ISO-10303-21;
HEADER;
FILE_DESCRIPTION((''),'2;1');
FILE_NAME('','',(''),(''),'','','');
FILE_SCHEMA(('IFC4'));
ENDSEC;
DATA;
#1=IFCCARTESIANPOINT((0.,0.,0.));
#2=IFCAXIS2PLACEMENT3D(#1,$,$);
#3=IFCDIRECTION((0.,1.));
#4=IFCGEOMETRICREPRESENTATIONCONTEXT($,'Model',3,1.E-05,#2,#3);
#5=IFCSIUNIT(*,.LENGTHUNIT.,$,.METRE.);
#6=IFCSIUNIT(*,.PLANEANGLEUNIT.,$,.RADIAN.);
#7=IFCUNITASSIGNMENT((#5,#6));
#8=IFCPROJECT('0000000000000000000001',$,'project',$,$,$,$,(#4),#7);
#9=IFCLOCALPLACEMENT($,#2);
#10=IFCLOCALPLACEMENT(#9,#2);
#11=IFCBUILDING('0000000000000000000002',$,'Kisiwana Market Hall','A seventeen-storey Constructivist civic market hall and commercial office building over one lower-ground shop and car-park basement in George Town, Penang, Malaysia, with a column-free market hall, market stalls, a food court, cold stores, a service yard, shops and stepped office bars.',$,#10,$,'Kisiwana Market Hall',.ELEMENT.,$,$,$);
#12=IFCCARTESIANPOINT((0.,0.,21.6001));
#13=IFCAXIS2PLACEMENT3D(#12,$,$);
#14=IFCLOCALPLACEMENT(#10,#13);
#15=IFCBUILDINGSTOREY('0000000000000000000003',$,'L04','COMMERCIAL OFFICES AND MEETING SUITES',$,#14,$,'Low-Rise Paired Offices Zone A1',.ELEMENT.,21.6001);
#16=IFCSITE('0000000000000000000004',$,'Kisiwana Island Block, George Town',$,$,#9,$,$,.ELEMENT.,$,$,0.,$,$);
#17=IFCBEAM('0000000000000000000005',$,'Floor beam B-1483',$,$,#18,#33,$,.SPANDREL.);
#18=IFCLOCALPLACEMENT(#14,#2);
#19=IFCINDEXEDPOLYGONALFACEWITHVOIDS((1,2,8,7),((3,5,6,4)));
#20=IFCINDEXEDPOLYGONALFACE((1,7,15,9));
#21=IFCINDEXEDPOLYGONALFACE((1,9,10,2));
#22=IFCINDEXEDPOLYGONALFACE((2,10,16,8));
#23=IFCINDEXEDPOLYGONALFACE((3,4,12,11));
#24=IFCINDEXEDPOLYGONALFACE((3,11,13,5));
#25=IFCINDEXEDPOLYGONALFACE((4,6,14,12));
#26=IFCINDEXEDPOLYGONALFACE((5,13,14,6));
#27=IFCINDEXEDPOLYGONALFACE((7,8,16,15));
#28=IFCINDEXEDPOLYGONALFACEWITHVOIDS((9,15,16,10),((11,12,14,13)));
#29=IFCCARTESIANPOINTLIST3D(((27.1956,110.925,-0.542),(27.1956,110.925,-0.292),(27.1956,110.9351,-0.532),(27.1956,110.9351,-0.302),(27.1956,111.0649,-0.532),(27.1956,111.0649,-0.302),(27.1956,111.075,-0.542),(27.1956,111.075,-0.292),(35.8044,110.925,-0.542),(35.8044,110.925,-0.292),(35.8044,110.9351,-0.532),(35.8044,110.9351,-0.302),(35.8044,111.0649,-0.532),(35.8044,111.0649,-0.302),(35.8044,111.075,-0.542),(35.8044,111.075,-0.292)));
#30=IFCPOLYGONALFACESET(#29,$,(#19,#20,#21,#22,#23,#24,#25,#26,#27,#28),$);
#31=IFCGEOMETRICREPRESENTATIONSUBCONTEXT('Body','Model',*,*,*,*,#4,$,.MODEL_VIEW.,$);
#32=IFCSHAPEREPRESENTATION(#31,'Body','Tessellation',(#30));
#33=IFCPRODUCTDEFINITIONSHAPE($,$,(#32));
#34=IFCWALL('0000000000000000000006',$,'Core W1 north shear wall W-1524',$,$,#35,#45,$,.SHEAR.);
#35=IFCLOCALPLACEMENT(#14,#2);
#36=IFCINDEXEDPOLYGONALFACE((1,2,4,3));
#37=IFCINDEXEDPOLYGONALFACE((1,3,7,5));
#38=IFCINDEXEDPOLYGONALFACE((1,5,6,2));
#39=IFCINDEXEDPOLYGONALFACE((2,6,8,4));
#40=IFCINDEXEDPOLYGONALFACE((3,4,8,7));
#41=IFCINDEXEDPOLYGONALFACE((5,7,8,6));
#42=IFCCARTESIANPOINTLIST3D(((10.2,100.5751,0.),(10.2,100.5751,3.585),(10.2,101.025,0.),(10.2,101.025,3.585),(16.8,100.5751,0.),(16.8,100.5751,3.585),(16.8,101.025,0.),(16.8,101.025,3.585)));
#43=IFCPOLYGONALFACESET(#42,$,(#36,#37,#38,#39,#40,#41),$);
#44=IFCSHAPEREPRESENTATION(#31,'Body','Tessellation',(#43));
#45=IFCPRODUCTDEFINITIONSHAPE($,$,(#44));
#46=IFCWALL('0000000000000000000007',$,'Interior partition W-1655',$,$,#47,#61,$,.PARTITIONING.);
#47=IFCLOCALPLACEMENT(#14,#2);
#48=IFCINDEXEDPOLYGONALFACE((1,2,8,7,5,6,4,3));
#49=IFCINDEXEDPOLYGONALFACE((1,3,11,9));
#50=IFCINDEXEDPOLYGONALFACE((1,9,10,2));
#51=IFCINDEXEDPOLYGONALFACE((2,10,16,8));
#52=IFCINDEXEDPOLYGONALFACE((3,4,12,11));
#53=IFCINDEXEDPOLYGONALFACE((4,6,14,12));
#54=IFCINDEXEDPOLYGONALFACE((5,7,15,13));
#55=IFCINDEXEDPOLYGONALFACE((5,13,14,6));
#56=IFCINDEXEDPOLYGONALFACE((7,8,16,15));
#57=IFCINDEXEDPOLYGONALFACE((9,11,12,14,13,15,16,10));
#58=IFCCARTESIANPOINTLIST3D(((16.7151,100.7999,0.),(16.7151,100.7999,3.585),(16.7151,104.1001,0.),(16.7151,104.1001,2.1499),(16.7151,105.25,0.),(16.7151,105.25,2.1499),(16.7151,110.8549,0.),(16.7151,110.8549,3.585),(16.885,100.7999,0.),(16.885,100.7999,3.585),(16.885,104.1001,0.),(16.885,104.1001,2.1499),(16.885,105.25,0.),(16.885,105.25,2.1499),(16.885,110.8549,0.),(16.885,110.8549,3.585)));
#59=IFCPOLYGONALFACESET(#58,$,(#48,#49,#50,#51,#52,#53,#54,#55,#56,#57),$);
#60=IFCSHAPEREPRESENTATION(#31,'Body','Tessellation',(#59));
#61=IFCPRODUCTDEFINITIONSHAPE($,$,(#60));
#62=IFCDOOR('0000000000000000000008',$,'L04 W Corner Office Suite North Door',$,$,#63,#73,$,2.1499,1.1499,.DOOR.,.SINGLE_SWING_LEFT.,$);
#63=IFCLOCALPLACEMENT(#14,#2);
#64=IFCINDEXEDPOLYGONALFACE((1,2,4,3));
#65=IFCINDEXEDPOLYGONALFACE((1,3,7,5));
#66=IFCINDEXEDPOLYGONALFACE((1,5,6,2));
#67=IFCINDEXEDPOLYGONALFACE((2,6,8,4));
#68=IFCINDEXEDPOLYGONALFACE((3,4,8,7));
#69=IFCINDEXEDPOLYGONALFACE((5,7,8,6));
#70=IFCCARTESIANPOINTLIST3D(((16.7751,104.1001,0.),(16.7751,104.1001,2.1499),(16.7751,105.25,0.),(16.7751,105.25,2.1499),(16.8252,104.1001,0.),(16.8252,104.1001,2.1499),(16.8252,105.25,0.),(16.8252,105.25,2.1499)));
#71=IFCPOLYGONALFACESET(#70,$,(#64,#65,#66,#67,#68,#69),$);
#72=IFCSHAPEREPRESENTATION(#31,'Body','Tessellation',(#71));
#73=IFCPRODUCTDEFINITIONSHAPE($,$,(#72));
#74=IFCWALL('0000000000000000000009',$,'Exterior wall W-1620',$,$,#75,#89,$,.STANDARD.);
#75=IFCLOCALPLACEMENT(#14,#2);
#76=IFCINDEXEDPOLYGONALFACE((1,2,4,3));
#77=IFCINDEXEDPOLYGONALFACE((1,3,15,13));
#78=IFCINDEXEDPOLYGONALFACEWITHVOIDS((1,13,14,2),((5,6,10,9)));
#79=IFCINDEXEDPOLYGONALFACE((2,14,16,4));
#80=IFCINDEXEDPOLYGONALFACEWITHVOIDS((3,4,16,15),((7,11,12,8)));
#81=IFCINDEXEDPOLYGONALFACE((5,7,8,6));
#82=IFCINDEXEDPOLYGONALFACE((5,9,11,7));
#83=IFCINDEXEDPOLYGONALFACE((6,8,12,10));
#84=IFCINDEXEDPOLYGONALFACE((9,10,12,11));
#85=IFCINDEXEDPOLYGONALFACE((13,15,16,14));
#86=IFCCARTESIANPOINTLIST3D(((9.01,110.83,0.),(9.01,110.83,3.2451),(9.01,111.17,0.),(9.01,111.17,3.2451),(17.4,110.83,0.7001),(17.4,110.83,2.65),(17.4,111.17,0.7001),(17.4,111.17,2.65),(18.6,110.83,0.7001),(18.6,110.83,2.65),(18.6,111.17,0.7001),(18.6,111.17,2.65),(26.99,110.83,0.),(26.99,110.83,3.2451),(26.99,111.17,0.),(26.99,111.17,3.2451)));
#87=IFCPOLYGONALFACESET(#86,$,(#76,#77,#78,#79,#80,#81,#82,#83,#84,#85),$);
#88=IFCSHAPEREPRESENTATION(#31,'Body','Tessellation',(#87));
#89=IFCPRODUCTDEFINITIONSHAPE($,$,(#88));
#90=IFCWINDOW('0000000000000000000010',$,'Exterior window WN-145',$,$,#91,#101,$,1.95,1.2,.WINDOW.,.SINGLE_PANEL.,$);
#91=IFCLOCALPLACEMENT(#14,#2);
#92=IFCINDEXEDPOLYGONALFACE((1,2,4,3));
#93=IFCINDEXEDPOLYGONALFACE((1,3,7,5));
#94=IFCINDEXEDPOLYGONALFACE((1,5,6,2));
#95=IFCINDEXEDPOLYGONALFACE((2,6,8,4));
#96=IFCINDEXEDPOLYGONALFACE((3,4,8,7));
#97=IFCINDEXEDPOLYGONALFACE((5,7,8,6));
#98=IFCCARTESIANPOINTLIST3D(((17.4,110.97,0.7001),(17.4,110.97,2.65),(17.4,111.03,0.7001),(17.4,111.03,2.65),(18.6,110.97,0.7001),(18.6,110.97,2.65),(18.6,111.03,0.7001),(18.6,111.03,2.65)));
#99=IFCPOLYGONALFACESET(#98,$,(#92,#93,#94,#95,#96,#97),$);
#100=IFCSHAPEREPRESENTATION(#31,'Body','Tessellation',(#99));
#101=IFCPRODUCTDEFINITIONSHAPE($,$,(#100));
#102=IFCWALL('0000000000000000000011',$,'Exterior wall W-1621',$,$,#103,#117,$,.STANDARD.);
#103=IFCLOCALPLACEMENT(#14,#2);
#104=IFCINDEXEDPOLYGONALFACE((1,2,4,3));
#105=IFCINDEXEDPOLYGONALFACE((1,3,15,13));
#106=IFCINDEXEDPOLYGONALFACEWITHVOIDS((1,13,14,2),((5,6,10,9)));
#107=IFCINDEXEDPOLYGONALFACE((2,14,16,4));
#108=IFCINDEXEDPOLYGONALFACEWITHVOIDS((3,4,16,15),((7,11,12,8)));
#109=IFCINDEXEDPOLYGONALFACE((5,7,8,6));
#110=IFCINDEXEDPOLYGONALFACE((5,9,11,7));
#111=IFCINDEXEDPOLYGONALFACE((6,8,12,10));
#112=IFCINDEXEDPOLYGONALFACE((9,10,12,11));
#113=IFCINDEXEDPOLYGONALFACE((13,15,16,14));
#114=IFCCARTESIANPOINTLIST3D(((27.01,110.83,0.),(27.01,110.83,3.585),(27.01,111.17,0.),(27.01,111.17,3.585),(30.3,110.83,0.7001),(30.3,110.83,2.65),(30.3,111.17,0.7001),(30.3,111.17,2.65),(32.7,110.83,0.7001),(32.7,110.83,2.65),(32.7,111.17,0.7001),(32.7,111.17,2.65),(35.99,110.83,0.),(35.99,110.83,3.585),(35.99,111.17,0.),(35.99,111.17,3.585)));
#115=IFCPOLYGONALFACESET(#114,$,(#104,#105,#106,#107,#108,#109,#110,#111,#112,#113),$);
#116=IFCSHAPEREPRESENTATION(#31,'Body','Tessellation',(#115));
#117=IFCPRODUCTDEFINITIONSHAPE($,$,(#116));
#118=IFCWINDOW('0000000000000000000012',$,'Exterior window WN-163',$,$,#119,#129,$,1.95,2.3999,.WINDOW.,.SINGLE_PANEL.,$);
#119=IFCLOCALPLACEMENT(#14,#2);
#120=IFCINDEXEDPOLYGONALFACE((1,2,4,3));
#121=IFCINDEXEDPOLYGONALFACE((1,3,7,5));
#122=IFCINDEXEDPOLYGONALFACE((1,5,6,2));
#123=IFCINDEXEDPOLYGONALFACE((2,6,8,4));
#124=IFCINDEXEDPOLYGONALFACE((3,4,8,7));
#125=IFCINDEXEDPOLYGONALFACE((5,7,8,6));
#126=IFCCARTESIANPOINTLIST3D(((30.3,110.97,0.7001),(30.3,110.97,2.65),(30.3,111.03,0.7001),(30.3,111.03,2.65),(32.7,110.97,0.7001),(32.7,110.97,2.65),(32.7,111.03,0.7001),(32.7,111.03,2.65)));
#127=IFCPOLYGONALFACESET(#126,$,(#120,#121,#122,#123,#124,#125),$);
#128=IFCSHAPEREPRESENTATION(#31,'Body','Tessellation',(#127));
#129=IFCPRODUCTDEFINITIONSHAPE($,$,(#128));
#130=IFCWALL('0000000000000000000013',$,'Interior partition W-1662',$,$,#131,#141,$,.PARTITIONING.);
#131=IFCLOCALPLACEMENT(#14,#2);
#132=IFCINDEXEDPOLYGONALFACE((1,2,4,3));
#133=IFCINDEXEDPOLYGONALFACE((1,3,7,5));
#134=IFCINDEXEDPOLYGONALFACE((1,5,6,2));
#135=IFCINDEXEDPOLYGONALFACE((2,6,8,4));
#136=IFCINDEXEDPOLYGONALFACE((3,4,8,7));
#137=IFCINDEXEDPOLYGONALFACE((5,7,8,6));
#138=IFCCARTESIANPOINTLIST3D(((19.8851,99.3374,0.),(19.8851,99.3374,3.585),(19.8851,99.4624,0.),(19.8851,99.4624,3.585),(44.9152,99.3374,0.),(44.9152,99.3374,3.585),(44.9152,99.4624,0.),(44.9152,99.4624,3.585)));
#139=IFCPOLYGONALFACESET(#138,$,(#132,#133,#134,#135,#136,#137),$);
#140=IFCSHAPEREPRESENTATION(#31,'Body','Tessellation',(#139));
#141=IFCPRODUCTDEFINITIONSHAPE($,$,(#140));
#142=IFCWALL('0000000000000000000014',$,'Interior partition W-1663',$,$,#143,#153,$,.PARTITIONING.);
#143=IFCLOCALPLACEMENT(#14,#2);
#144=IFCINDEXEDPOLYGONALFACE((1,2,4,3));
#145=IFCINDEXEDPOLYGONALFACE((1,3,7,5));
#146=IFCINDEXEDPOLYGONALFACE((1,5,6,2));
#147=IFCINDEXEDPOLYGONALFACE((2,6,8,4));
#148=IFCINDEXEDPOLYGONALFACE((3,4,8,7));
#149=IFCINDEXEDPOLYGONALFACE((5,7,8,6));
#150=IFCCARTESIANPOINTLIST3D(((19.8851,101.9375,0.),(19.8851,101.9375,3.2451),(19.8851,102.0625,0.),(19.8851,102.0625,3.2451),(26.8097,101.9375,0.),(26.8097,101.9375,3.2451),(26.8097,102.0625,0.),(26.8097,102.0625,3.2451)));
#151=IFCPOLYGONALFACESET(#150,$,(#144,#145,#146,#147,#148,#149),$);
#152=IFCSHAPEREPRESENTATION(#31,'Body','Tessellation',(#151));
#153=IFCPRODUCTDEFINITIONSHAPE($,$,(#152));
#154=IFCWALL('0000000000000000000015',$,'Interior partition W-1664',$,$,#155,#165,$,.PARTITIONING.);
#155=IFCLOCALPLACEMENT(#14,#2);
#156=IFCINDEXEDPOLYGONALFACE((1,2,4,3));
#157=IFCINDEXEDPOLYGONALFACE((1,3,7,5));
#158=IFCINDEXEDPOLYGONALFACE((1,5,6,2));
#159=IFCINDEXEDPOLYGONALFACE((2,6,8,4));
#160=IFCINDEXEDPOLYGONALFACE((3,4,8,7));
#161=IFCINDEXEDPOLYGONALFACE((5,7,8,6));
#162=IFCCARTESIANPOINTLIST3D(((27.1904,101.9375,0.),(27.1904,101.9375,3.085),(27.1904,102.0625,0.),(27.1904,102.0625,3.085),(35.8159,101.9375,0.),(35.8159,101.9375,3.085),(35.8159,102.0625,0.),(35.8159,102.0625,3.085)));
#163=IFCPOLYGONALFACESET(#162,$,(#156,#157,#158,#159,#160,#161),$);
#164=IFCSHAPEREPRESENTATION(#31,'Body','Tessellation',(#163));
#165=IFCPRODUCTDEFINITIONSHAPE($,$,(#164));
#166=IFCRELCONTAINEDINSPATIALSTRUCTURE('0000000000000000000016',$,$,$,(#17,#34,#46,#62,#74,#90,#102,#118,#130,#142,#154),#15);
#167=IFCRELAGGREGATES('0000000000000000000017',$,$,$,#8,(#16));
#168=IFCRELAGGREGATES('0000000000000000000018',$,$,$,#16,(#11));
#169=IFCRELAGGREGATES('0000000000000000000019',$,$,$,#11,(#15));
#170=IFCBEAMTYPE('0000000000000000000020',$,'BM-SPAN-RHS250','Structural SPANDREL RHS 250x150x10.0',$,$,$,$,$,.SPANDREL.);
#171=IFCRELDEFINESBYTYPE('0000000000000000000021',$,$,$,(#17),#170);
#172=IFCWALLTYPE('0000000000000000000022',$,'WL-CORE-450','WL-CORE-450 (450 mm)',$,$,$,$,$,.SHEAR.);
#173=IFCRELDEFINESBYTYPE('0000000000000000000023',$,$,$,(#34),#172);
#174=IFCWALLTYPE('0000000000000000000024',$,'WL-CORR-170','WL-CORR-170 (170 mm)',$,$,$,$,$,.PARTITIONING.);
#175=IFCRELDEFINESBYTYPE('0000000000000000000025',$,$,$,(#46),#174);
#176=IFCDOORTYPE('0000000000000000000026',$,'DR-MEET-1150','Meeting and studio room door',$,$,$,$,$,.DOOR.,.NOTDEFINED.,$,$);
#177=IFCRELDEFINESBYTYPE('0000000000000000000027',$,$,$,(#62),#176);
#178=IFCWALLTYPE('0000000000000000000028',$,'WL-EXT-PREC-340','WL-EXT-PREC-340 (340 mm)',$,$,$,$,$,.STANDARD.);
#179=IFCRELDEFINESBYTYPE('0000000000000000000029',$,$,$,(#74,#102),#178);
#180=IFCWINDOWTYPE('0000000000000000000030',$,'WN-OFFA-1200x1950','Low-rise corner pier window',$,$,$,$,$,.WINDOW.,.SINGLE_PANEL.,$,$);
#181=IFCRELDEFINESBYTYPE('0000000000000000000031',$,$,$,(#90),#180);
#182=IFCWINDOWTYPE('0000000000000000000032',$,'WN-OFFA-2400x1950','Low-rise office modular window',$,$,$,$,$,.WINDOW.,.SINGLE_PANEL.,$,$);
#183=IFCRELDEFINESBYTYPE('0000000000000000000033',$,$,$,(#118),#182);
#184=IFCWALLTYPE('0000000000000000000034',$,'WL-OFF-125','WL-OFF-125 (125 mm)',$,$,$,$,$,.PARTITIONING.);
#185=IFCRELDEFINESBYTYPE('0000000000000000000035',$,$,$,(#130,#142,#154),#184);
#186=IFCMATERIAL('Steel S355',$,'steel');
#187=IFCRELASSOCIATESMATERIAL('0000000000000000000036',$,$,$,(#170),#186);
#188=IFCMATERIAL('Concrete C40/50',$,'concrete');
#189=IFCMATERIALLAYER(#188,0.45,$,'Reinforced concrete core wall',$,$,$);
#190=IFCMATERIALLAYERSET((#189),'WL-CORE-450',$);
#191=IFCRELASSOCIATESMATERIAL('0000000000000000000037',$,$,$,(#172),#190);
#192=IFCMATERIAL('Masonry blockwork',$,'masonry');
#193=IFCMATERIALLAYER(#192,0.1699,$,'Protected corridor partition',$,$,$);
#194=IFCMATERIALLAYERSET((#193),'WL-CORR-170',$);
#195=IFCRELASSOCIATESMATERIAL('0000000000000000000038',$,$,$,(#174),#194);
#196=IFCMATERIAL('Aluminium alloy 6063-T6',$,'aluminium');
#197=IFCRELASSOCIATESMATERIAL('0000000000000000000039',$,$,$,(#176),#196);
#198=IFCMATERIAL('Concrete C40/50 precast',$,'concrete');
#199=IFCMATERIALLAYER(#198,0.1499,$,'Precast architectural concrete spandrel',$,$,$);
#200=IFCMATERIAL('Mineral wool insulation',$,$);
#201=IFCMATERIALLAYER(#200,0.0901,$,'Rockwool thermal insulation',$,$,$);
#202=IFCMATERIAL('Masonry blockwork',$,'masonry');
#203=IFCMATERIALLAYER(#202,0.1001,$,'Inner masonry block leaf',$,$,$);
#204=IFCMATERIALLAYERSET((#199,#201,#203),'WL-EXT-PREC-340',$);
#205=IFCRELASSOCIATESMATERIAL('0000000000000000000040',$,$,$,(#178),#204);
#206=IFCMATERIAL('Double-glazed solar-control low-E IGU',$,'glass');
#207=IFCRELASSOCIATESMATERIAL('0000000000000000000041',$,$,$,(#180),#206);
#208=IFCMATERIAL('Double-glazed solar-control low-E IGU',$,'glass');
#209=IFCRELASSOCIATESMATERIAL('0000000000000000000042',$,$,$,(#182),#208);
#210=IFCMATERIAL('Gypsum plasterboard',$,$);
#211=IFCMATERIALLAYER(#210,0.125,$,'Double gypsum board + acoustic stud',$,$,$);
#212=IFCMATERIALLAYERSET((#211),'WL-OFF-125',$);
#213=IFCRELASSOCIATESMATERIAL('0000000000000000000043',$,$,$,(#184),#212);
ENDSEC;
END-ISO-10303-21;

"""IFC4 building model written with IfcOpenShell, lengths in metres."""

from ifc_helpers import new_model, si_unit, direction, frame, frame_2d, origin, origin_2d, place, context, subcontext, project, spatial, rectangle, hollow_rectangle, extrude, material, layer, layer_set, material_profile, profile_set, type_object, element, fill, save


model = new_model("IFC4")

# Units and contexts
model_context = context("Model", 3, precision=1e-05, world=origin(), true_north=direction((0.0, 1.0)))
body_context = subcontext(model_context, "Body", "Model", "MODEL_VIEW")
ifc_project = project(units=[si_unit("LENGTHUNIT", "METRE"), si_unit("PLANEANGLEUNIT", "RADIAN")], contexts=[model_context])

# Site, building, storey
site_placement = place(None, origin())
site = spatial("IfcSite", under=ifc_project, at=site_placement, Name="Kisiwana Island Block, George Town", CompositionType="ELEMENT", RefElevation=0.0)
building_placement = place(site_placement, origin())
building = spatial("IfcBuilding", under=site, at=building_placement, Name="Kisiwana Market Hall", Description="A seventeen-storey Constructivist civic market hall and commercial office building over one lower-ground shop and car-park basement in George Town, Penang, Malaysia, with a column-free market hall, market stalls, a food court, cold stores, a service yard, shops and stepped office bars.", LongName="Kisiwana Market Hall", CompositionType="ELEMENT")
storey_placement = place(building_placement, frame((0.0, 0.0, 21.6001)))
storey = spatial("IfcBuildingStorey", under=building, at=storey_placement, Name="L04", Description="COMMERCIAL OFFICES AND MEETING SUITES", LongName="Low-Rise Paired Offices Zone A1", CompositionType="ELEMENT", Elevation=21.6001)

# Beam
ifc_material_1 = material(Name="Steel S355", Category="steel")
ifc_material_profile_1 = material_profile(ifc_material_1, hollow_rectangle(XDim=0.1499, YDim=0.25, WallThickness=0.01, at=origin_2d()), Name="RHS 250x150x10.0")
ifc_profile_set_1 = profile_set([ifc_material_profile_1], Name="Steel S355")
beam_type_1 = type_object("IfcBeamType", Name="BM-SPAN-RHS250", Description="Structural SPANDREL RHS 250x150x10.0", PredefinedType="SPANDREL", material=ifc_profile_set_1)
beam_1_placement = place(storey_placement, frame((27.1956, 111.0, -0.417), z_axis=(1.0, 0.0, 0.0), x_axis=(0.0, 1.0, 0.0)))
element("IfcBeam", 1, at=beam_1_placement, inside=storey, type_object=beam_type_1, Name="Floor beam B-1483", PredefinedType="SPANDREL", context=body_context, shape_type="SweptSolid", body=[
    extrude(hollow_rectangle(XDim=0.1499, YDim=0.25, WallThickness=0.01, at=origin_2d()), origin(), (0.0, 0.0, 1.0), 8.6089),
])

# Wall
ifc_material_2 = material(Name="Concrete C40/50", Category="concrete")
ifc_layer_1 = layer(ifc_material_2, 0.45, Name="Reinforced concrete core wall")
ifc_layer_set_1 = layer_set([ifc_layer_1], Name="WL-CORE-450")
wall_type_1 = type_object("IfcWallType", Name="WL-CORE-450", Description="WL-CORE-450 (450 mm)", PredefinedType="SHEAR", material=ifc_layer_set_1)
wall_1_placement = place(storey_placement, frame((10.2, 100.8, 0.0), z_axis=(0.0, 0.0, 1.0), x_axis=(1.0, 0.0, 0.0)))
element("IfcWall", 2, at=wall_1_placement, inside=storey, type_object=wall_type_1, Name="Core W1 north shear wall W-1524", PredefinedType="SHEAR", context=body_context, shape_type="SweptSolid", body=[
    extrude(rectangle(XDim=6.6001, YDim=0.45, at=frame_2d((3.3, 0.0))), origin(), (0.0, 0.0, 1.0), 3.585),
])

# Wall, opening, door
ifc_material_3 = material(Name="Masonry blockwork", Category="masonry")
ifc_layer_2 = layer(ifc_material_3, 0.1699, Name="Protected corridor partition")
ifc_layer_set_2 = layer_set([ifc_layer_2], Name="WL-CORR-170")
wall_type_2 = type_object("IfcWallType", Name="WL-CORR-170", Description="WL-CORR-170 (170 mm)", PredefinedType="PARTITIONING", material=ifc_layer_set_2)
wall_2_placement = place(storey_placement, frame((16.8, 100.8, 0.0), z_axis=(0.0, 0.0, 1.0), x_axis=(0.0, 1.0, 0.0)))
wall_2 = element("IfcWall", 3, at=wall_2_placement, inside=storey, type_object=wall_type_2, Name="Interior partition W-1655", PredefinedType="PARTITIONING", context=body_context, shape_type="SweptSolid", body=[
    extrude(rectangle(XDim=10.0549, YDim=0.1699, at=frame_2d((5.0273, 0.0))), origin(), (0.0, 0.0, 1.0), 3.585),
])
opening_1_placement = place(wall_2_placement, frame((3.3, 0.0, 0.0)))
opening_1 = element("IfcOpeningElement", 4, at=opening_1_placement, cuts=wall_2, PredefinedType="OPENING", context=body_context, shape_type="SweptSolid", body=[
    extrude(rectangle(XDim=1.1499, YDim=2.1499, at=frame_2d((0.575, 1.075))), frame((0.0, 0.0969, 0.0), z_axis=(0.0, -1.0, 0.0), x_axis=(1.0, 0.0, 0.0)), (0.0, 0.0, 1.0), 0.1938),
])
ifc_material_4 = material(Name="Aluminium alloy 6063-T6", Category="aluminium")
door_type = type_object("IfcDoorType", Name="DR-MEET-1150", Description="Meeting and studio room door", OperationType="NOTDEFINED", PredefinedType="DOOR", material=ifc_material_4)
door_placement = place(opening_1_placement, origin())
door = element("IfcDoor", 5, at=door_placement, inside=storey, type_object=door_type, Name="L04 W Corner Office Suite North Door", OperationType="SINGLE_SWING_LEFT", OverallHeight=2.1499, OverallWidth=1.1499, PredefinedType="DOOR", context=body_context, shape_type="SweptSolid", body=[
    extrude(rectangle(XDim=1.1499, YDim=2.1499, at=frame_2d((0.575, 1.075))), frame((0.0, 0.0249, 0.0), z_axis=(0.0, -1.0, 0.0), x_axis=(1.0, 0.0, 0.0)), (0.0, 0.0, 1.0), 0.05),
])
fill(opening_1, door)

# Walls, openings, windows
ifc_material_5 = material(Name="Concrete C40/50 precast", Category="concrete")
ifc_layer_3 = layer(ifc_material_5, 0.1499, Name="Precast architectural concrete spandrel")
ifc_material_6 = material(Name="Mineral wool insulation")
ifc_layer_4 = layer(ifc_material_6, 0.0901, Name="Rockwool thermal insulation")
ifc_material_7 = material(Name="Masonry blockwork", Category="masonry")
ifc_layer_5 = layer(ifc_material_7, 0.1001, Name="Inner masonry block leaf")
ifc_layer_set_3 = layer_set([ifc_layer_3, ifc_layer_4, ifc_layer_5], Name="WL-EXT-PREC-340")
wall_type_3 = type_object("IfcWallType", Name="WL-EXT-PREC-340", Description="WL-EXT-PREC-340 (340 mm)", PredefinedType="STANDARD", material=ifc_layer_set_3)
wall_3_placement = place(storey_placement, frame((9.01, 111.0, 0.0), z_axis=(0.0, 0.0, 1.0), x_axis=(1.0, 0.0, 0.0)))
wall_3 = element("IfcWall", 6, at=wall_3_placement, inside=storey, type_object=wall_type_3, Name="Exterior wall W-1620", PredefinedType="STANDARD", context=body_context, shape_type="SweptSolid", body=[
    extrude(rectangle(XDim=17.98, YDim=0.3401, at=frame_2d((8.99, 0.0))), origin(), (0.0, 0.0, 1.0), 3.2451),
])
opening_2_placement = place(wall_3_placement, frame((8.3899, 0.0, 0.7)))
opening_2 = element("IfcOpeningElement", 7, at=opening_2_placement, cuts=wall_3, PredefinedType="OPENING", context=body_context, shape_type="SweptSolid", body=[
    extrude(rectangle(XDim=1.2, YDim=1.95, at=frame_2d((0.6001, 0.9751))), frame((0.0, 0.1821, 0.0), z_axis=(0.0, -1.0, 0.0), x_axis=(1.0, 0.0, 0.0)), (0.0, 0.0, 1.0), 0.364),
])
ifc_material_8 = material(Name="Double-glazed solar-control low-E IGU", Category="glass")
window_type_1 = type_object("IfcWindowType", Name="WN-OFFA-1200x1950", Description="Low-rise corner pier window", PartitioningType="SINGLE_PANEL", PredefinedType="WINDOW", material=ifc_material_8)
window_1_placement = place(opening_2_placement, origin())
window_1 = element("IfcWindow", 8, at=window_1_placement, inside=storey, type_object=window_type_1, Name="Exterior window WN-145", OverallHeight=1.95, OverallWidth=1.2, PartitioningType="SINGLE_PANEL", PredefinedType="WINDOW", context=body_context, shape_type="SweptSolid", body=[
    extrude(rectangle(XDim=1.2, YDim=1.95, at=frame_2d((0.6001, 0.9751))), frame((0.0, 0.03, 0.0), z_axis=(0.0, -1.0, 0.0), x_axis=(1.0, 0.0, 0.0)), (0.0, 0.0, 1.0), 0.0601),
])
fill(opening_2, window_1)
wall_4_placement = place(storey_placement, frame((27.01, 111.0, 0.0), z_axis=(0.0, 0.0, 1.0), x_axis=(1.0, 0.0, 0.0)))
wall_4 = element("IfcWall", 9, at=wall_4_placement, inside=storey, type_object=wall_type_3, Name="Exterior wall W-1621", PredefinedType="STANDARD", context=body_context, shape_type="SweptSolid", body=[
    extrude(rectangle(XDim=8.98, YDim=0.3401, at=frame_2d((4.49, 0.0))), origin(), (0.0, 0.0, 1.0), 3.585),
])
opening_3_placement = place(wall_4_placement, frame((3.29, 0.0, 0.7)))
opening_3 = element("IfcOpeningElement", 10, at=opening_3_placement, cuts=wall_4, PredefinedType="OPENING", context=body_context, shape_type="SweptSolid", body=[
    extrude(rectangle(XDim=2.3999, YDim=1.95, at=frame_2d((1.2, 0.9751))), frame((0.0, 0.1821, 0.0), z_axis=(0.0, -1.0, 0.0), x_axis=(1.0, 0.0, 0.0)), (0.0, 0.0, 1.0), 0.364),
])
ifc_material_9 = material(Name="Double-glazed solar-control low-E IGU", Category="glass")
window_type_2 = type_object("IfcWindowType", Name="WN-OFFA-2400x1950", Description="Low-rise office modular window", PartitioningType="SINGLE_PANEL", PredefinedType="WINDOW", material=ifc_material_9)
window_2_placement = place(opening_3_placement, origin())
window_2 = element("IfcWindow", 11, at=window_2_placement, inside=storey, type_object=window_type_2, Name="Exterior window WN-163", OverallHeight=1.95, OverallWidth=2.3999, PartitioningType="SINGLE_PANEL", PredefinedType="WINDOW", context=body_context, shape_type="SweptSolid", body=[
    extrude(rectangle(XDim=2.3999, YDim=1.95, at=frame_2d((1.2, 0.9751))), frame((0.0, 0.03, 0.0), z_axis=(0.0, -1.0, 0.0), x_axis=(1.0, 0.0, 0.0)), (0.0, 0.0, 1.0), 0.0601),
])
fill(opening_3, window_2)

# Walls
ifc_material_10 = material(Name="Gypsum plasterboard")
ifc_layer_6 = layer(ifc_material_10, 0.125, Name="Double gypsum board + acoustic stud")
ifc_layer_set_4 = layer_set([ifc_layer_6], Name="WL-OFF-125")
wall_type_4 = type_object("IfcWallType", Name="WL-OFF-125", Description="WL-OFF-125 (125 mm)", PredefinedType="PARTITIONING", material=ifc_layer_set_4)
wall_5_placement = place(storey_placement, frame((19.885, 99.3999, 0.0), z_axis=(0.0, 0.0, 1.0), x_axis=(1.0, 0.0, 0.0)))
element("IfcWall", 12, at=wall_5_placement, inside=storey, type_object=wall_type_4, Name="Interior partition W-1662", PredefinedType="PARTITIONING", context=body_context, shape_type="SweptSolid", body=[
    extrude(rectangle(XDim=25.03, YDim=0.125, at=frame_2d((12.5151, 0.0))), origin(), (0.0, 0.0, 1.0), 3.585),
])
wall_6_placement = place(storey_placement, frame((19.885, 102.0, 0.0), z_axis=(0.0, 0.0, 1.0), x_axis=(1.0, 0.0, 0.0)))
element("IfcWall", 13, at=wall_6_placement, inside=storey, type_object=wall_type_4, Name="Interior partition W-1663", PredefinedType="PARTITIONING", context=body_context, shape_type="SweptSolid", body=[
    extrude(rectangle(XDim=6.9246, YDim=0.125, at=frame_2d((3.4624, 0.0))), origin(), (0.0, 0.0, 1.0), 3.2451),
])
wall_7_placement = place(storey_placement, frame((27.1904, 102.0, 0.0), z_axis=(0.0, 0.0, 1.0), x_axis=(1.0, 0.0, 0.0)))
element("IfcWall", 14, at=wall_7_placement, inside=storey, type_object=wall_type_4, Name="Interior partition W-1664", PredefinedType="PARTITIONING", context=body_context, shape_type="SweptSolid", body=[
    extrude(rectangle(XDim=8.6255, YDim=0.125, at=frame_2d((4.3127, 0.0))), origin(), (0.0, 0.0, 1.0), 3.085),
])

save(model, "model.ifc")
